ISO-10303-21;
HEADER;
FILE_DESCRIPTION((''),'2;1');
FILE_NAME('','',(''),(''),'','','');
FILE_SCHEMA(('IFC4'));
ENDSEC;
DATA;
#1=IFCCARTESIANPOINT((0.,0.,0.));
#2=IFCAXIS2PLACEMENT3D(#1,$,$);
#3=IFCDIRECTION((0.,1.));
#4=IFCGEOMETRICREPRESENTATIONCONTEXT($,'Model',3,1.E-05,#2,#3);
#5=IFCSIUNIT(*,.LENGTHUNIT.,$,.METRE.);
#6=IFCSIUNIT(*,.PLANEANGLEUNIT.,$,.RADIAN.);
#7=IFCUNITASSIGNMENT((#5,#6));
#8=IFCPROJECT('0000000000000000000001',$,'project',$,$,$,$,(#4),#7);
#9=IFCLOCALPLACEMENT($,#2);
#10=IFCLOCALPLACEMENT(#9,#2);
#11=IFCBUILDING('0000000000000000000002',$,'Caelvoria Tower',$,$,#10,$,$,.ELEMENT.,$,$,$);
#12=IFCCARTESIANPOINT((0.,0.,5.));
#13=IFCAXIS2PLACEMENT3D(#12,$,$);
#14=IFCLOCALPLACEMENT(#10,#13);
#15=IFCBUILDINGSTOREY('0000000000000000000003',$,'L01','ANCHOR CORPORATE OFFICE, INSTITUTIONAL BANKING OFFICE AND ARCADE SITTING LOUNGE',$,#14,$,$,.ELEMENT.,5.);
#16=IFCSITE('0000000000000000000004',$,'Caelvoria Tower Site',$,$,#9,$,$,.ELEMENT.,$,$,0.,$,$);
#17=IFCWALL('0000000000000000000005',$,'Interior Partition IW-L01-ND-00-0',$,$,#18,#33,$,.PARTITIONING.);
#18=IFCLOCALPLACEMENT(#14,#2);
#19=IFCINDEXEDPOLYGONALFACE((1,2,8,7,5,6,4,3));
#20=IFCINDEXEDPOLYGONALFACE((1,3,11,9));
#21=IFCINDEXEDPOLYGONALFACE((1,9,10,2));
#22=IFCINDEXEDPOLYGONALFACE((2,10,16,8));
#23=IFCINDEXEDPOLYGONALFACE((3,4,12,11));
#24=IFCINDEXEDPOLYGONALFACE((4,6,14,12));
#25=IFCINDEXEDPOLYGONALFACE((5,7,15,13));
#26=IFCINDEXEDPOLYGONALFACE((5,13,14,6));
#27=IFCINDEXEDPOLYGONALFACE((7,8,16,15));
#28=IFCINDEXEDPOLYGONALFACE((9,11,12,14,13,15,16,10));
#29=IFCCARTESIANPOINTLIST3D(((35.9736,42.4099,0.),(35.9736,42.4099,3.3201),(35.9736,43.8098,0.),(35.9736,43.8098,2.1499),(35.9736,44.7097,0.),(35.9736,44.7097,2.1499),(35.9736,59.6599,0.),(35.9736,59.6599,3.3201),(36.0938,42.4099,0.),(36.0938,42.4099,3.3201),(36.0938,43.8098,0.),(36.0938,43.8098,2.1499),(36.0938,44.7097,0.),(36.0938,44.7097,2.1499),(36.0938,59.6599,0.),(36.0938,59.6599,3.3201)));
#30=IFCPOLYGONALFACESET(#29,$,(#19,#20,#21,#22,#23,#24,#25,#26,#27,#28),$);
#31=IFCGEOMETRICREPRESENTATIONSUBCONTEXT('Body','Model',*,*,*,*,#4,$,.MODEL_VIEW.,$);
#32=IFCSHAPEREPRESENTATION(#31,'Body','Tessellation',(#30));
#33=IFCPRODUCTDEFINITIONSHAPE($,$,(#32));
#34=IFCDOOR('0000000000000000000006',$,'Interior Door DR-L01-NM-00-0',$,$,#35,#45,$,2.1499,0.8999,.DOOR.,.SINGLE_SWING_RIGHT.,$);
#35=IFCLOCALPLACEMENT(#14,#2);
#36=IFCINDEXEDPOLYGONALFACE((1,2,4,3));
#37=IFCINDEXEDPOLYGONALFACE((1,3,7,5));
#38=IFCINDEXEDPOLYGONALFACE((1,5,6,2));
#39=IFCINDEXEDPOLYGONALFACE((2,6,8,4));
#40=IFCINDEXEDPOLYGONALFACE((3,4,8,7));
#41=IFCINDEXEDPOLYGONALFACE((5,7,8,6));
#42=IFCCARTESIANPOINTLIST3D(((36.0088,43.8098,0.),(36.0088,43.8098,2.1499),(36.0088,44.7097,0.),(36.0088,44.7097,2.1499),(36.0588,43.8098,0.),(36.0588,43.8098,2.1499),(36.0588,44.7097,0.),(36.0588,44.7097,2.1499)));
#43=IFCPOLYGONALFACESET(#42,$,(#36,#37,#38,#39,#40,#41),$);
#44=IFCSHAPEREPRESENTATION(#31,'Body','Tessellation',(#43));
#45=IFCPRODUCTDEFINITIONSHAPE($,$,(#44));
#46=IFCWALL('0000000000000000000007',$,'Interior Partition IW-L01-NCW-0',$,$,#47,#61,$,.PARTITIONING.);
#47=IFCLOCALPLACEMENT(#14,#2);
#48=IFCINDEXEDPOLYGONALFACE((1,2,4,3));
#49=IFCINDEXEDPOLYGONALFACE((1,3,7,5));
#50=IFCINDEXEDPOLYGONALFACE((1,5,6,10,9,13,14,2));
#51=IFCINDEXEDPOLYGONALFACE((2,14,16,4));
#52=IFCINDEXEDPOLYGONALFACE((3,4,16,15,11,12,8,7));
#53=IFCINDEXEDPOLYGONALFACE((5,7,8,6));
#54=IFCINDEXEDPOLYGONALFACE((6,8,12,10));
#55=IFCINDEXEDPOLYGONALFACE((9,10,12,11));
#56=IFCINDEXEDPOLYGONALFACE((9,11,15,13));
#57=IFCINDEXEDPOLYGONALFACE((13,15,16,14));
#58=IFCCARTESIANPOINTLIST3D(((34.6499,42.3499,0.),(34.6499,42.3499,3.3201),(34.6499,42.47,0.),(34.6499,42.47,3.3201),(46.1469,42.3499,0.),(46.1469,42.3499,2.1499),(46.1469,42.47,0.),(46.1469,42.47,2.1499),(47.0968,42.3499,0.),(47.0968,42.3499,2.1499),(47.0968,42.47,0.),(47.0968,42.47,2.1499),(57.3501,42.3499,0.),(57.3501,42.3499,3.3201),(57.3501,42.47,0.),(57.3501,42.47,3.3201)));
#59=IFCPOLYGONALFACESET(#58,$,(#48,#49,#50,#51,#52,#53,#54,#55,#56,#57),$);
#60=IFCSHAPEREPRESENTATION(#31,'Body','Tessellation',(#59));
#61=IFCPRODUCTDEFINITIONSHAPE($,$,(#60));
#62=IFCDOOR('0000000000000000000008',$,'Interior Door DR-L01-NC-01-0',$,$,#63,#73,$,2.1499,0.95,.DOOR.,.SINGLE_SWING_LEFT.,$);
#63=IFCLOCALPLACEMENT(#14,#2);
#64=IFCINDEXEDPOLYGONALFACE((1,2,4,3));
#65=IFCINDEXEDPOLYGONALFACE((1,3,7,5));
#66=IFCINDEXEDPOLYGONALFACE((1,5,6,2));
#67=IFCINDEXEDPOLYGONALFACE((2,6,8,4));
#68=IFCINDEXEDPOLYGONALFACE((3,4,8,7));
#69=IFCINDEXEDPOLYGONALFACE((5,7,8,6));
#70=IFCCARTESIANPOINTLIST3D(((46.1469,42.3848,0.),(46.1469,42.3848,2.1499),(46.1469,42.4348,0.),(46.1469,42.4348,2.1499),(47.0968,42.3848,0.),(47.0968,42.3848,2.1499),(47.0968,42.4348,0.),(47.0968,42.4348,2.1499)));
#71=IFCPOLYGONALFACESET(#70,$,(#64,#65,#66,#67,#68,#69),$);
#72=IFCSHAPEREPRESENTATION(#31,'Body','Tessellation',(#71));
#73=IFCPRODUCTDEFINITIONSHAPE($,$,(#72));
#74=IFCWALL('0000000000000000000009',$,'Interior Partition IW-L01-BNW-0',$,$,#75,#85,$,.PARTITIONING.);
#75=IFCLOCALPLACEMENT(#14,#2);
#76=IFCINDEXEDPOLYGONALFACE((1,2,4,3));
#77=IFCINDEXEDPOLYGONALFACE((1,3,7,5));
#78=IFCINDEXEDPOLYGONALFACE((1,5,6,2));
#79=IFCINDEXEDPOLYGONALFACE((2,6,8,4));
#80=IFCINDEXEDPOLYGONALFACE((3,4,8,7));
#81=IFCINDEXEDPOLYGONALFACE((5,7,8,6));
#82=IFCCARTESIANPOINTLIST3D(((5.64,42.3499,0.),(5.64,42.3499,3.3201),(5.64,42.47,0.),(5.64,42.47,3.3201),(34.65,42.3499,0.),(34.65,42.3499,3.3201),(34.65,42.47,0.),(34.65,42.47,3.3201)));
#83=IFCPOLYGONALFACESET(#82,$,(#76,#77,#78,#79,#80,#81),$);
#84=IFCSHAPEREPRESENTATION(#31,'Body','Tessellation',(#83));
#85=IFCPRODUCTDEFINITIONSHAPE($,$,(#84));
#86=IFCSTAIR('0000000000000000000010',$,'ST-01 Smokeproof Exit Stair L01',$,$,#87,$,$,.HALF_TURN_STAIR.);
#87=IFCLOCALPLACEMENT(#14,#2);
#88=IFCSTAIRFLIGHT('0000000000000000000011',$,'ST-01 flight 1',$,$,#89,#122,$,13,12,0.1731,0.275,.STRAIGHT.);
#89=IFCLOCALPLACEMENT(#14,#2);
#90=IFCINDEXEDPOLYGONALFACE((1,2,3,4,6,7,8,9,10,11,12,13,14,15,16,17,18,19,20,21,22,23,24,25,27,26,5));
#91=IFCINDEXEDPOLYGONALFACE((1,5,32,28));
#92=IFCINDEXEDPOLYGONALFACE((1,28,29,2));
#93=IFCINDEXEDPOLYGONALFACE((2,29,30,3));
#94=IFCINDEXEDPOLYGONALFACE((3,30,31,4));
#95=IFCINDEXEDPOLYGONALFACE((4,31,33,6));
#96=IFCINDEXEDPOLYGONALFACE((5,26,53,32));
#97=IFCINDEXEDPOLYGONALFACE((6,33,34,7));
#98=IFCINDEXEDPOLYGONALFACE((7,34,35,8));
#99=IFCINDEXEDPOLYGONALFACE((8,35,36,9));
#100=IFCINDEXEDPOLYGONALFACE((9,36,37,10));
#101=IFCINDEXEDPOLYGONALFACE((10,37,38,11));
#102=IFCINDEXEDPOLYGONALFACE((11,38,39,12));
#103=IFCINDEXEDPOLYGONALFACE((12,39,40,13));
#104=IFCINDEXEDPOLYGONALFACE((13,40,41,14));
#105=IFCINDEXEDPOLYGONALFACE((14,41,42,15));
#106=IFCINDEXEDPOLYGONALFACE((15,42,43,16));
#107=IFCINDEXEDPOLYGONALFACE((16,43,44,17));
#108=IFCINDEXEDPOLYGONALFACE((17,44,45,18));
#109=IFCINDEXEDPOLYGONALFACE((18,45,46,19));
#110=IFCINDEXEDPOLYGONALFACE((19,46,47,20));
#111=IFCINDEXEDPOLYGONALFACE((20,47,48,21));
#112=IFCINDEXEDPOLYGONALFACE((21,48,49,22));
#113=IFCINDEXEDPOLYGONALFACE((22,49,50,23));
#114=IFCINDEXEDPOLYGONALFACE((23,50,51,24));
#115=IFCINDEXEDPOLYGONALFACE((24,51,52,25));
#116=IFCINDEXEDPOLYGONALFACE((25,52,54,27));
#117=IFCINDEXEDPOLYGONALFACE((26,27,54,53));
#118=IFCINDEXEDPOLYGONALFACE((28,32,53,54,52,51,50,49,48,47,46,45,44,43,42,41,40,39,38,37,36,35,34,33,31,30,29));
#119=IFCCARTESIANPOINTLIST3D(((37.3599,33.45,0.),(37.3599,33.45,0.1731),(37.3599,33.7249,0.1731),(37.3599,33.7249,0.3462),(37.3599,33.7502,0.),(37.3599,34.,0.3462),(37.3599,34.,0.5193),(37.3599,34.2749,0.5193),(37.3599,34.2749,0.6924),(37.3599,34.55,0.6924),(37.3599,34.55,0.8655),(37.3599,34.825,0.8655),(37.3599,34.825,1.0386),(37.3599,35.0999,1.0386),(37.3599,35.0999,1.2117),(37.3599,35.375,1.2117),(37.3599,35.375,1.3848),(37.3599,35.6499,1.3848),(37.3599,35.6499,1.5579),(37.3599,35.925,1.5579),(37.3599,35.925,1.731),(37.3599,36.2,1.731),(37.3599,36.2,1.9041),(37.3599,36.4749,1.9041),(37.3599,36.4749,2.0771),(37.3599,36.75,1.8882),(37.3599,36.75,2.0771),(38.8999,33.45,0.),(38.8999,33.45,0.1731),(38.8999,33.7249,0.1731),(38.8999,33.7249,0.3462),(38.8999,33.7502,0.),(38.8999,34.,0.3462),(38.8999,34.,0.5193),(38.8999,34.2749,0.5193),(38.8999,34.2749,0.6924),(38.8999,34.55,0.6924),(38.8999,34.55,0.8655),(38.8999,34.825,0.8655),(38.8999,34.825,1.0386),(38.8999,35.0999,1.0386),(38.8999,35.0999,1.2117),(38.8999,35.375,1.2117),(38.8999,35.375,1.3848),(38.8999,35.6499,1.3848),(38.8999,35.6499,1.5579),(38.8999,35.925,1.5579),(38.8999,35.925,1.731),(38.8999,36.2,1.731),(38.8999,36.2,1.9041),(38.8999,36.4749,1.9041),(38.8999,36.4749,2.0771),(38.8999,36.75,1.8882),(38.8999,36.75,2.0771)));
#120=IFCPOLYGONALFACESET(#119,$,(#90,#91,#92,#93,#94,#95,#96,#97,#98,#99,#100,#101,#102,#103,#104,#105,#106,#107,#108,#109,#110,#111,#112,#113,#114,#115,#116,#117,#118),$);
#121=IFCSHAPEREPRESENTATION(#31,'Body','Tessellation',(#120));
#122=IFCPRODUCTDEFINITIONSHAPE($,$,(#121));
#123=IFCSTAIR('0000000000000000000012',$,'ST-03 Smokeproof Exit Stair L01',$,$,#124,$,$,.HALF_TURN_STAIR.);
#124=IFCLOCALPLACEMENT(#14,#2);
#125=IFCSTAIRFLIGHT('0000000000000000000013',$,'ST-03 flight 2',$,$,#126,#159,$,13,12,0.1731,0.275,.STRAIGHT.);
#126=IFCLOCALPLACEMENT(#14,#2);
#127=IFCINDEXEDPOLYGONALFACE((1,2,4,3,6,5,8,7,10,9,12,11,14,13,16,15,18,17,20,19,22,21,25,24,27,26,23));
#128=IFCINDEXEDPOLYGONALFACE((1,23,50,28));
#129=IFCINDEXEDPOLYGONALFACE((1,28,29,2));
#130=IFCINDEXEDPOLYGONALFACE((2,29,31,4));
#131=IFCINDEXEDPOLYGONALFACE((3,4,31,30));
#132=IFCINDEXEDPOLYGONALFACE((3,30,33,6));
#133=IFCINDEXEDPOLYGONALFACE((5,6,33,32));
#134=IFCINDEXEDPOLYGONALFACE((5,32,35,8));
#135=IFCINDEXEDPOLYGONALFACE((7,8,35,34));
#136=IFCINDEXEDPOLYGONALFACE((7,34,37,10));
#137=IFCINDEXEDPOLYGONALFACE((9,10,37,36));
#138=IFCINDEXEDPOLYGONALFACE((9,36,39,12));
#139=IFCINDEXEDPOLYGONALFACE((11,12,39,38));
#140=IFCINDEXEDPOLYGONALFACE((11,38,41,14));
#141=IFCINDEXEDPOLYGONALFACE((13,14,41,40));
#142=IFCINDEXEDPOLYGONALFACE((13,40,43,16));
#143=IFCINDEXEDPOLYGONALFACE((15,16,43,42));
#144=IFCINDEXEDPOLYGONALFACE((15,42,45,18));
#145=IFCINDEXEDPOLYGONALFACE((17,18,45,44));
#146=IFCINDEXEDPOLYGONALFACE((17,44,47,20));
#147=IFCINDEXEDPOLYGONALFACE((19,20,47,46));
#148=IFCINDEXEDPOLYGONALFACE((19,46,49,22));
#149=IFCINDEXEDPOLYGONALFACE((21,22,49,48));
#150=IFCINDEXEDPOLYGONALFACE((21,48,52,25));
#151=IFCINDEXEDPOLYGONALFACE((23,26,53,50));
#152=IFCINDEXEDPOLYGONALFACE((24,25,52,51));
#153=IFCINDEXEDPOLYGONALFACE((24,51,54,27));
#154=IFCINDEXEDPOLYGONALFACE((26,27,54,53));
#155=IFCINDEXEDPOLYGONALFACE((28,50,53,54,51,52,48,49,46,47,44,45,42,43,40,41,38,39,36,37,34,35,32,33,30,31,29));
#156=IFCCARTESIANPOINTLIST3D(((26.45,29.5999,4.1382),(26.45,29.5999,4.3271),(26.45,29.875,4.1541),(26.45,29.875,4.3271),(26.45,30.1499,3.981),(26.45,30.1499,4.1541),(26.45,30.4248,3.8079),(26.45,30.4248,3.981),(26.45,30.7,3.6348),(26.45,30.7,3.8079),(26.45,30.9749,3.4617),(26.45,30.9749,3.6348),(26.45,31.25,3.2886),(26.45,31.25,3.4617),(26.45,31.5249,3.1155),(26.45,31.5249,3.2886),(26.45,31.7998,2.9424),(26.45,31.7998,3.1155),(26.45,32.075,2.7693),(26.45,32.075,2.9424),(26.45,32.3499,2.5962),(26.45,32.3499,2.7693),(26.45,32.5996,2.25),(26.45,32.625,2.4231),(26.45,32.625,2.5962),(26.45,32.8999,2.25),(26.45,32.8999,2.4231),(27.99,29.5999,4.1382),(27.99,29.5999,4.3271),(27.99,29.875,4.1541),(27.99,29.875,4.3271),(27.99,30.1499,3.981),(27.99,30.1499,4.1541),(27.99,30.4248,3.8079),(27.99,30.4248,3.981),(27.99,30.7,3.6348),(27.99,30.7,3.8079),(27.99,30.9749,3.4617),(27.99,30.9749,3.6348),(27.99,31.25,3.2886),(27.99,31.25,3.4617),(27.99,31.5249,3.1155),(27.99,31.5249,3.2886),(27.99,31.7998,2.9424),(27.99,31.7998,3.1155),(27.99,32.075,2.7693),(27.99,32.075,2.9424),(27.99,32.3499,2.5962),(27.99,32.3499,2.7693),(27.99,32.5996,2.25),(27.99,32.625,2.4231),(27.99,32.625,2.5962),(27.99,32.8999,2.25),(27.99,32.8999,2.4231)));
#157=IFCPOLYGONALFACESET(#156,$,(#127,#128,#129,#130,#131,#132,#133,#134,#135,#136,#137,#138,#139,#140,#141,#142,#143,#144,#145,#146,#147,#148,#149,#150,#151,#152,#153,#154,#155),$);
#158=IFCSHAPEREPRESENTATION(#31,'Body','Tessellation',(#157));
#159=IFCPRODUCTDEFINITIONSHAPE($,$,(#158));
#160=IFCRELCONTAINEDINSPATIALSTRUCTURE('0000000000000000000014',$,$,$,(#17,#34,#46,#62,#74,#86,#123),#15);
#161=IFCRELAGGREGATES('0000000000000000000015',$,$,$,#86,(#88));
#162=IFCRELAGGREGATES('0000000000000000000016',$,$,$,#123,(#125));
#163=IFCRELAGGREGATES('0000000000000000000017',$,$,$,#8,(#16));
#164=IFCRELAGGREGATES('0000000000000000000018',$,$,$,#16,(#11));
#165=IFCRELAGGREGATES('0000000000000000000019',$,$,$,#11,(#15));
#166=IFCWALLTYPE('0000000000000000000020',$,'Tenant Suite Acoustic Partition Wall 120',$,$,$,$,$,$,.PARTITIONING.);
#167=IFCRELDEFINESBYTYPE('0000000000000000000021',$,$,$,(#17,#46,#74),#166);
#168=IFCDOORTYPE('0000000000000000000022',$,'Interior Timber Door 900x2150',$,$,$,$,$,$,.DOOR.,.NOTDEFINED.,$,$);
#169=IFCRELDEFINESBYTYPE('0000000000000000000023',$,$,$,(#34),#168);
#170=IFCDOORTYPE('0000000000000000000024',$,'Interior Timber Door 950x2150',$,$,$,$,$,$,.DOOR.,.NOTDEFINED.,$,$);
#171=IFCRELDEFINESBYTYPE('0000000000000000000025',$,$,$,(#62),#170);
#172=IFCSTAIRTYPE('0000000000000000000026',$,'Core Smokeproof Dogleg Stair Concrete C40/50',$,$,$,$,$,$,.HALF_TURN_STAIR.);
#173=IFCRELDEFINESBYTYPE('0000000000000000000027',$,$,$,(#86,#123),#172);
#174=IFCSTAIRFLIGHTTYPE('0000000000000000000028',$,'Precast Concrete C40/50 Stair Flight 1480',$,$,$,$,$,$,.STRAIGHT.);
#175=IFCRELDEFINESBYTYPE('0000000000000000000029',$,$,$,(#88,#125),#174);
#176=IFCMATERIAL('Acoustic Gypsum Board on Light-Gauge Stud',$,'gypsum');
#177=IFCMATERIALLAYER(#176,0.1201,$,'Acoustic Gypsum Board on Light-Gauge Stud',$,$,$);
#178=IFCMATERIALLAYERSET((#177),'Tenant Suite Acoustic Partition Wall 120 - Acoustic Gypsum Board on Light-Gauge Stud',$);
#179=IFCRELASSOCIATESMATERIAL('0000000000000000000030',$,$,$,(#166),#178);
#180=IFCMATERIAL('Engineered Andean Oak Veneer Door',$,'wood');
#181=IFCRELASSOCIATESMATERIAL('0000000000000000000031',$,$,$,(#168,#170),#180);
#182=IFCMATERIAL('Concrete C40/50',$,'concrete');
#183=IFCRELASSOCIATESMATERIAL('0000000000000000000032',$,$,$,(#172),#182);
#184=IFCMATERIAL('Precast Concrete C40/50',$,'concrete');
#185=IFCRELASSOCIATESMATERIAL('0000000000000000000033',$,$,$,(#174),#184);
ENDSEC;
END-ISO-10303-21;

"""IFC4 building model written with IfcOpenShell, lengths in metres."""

from ifc_helpers import new_model, si_unit, direction, frame, frame_2d, origin, place, context, subcontext, project, spatial, polyline, rectangle, outline, extrude, material, layer, layer_set, type_object, element, fill, aggregate, save


model = new_model("IFC4")

# Units and contexts
model_context = context("Model", 3, precision=1e-05, world=origin(), true_north=direction((0.0, 1.0)))
body_context = subcontext(model_context, "Body", "Model", "MODEL_VIEW")
ifc_project = project(units=[si_unit("LENGTHUNIT", "METRE"), si_unit("PLANEANGLEUNIT", "RADIAN")], contexts=[model_context])

# Site, building, storey
site_placement = place(None, origin())
site = spatial("IfcSite", under=ifc_project, at=site_placement, Name="Caelvoria Tower Site", CompositionType="ELEMENT", RefElevation=0.0)
building_placement = place(site_placement, origin())
building = spatial("IfcBuilding", under=site, at=building_placement, Name="Caelvoria Tower", CompositionType="ELEMENT")
storey_placement = place(building_placement, frame((0.0, 0.0, 5.0)))
storey = spatial("IfcBuildingStorey", under=building, at=storey_placement, Name="L01", Description="ANCHOR CORPORATE OFFICE, INSTITUTIONAL BANKING OFFICE AND ARCADE SITTING LOUNGE", CompositionType="ELEMENT", Elevation=5.0)

# Walls, openings, doors
ifc_material_1 = material(Name="Acoustic Gypsum Board on Light-Gauge Stud", Category="gypsum")
ifc_layer_1 = layer(ifc_material_1, 0.1201, Name="Acoustic Gypsum Board on Light-Gauge Stud")
ifc_layer_set_1 = layer_set([ifc_layer_1], Name="Tenant Suite Acoustic Partition Wall 120 - Acoustic Gypsum Board on Light-Gauge Stud")
wall_type_1 = type_object("IfcWallType", Name="Tenant Suite Acoustic Partition Wall 120", PredefinedType="PARTITIONING", material=ifc_layer_set_1)
wall_1_placement = place(storey_placement, frame((36.0337, 42.4099, 0.0), z_axis=(0.0, 0.0, 1.0), x_axis=(0.0, 1.0, 0.0)))
wall_1 = element("IfcWall", 1, at=wall_1_placement, inside=storey, type_object=wall_type_1, Name="Interior Partition IW-L01-ND-00-0", PredefinedType="PARTITIONING", context=body_context, shape_type="SweptSolid", body=[
    extrude(rectangle(XDim=17.25, YDim=0.1201, at=frame_2d((8.625, 0.0))), origin(), (0.0, 0.0, 1.0), 3.3201),
])
opening_1_placement = place(wall_1_placement, frame((1.3999, 0.0, 0.0)))
opening_1 = element("IfcOpeningElement", 2, at=opening_1_placement, cuts=wall_1, PredefinedType="OPENING", context=body_context, shape_type="SweptSolid", body=[
    extrude(rectangle(XDim=0.8999, YDim=2.1499, at=frame_2d((0.45, 1.075))), frame((0.0, 0.0701, 0.0), z_axis=(0.0, -1.0, 0.0), x_axis=(1.0, 0.0, 0.0)), (0.0, 0.0, 1.0), 0.1401),
])
ifc_material_2 = material(Name="Engineered Andean Oak Veneer Door", Category="wood")
door_type_1 = type_object("IfcDoorType", Name="Interior Timber Door 900x2150", OperationType="NOTDEFINED", PredefinedType="DOOR", material=ifc_material_2)
door_1_placement = place(opening_1_placement, origin())
door_1 = element("IfcDoor", 3, at=door_1_placement, inside=storey, type_object=door_type_1, Name="Interior Door DR-L01-NM-00-0", OperationType="SINGLE_SWING_RIGHT", OverallHeight=2.1499, OverallWidth=0.8999, PredefinedType="DOOR", context=body_context, shape_type="SweptSolid", body=[
    extrude(rectangle(XDim=0.8999, YDim=2.1499, at=frame_2d((0.45, 1.075))), frame((0.0, 0.0249, 0.0), z_axis=(0.0, -1.0, 0.0), x_axis=(1.0, 0.0, 0.0)), (0.0, 0.0, 1.0), 0.05),
])
fill(opening_1, door_1)
wall_2_placement = place(storey_placement, frame((34.6499, 42.4099, 0.0), z_axis=(0.0, 0.0, 1.0), x_axis=(1.0, 0.0, 0.0)))
wall_2 = element("IfcWall", 4, at=wall_2_placement, inside=storey, type_object=wall_type_1, Name="Interior Partition IW-L01-NCW-0", PredefinedType="PARTITIONING", context=body_context, shape_type="SweptSolid", body=[
    extrude(rectangle(XDim=22.7002, YDim=0.1201, at=frame_2d((11.3501, 0.0))), origin(), (0.0, 0.0, 1.0), 3.3201),
])
opening_2_placement = place(wall_2_placement, frame((11.4968, 0.0, 0.0)))
opening_2 = element("IfcOpeningElement", 5, at=opening_2_placement, cuts=wall_2, PredefinedType="OPENING", context=body_context, shape_type="SweptSolid", body=[
    extrude(rectangle(XDim=0.95, YDim=2.1499, at=frame_2d((0.4751, 1.075))), frame((0.0, 0.0701, 0.0), z_axis=(0.0, -1.0, 0.0), x_axis=(1.0, 0.0, 0.0)), (0.0, 0.0, 1.0), 0.1401),
])
door_type_2 = type_object("IfcDoorType", Name="Interior Timber Door 950x2150", OperationType="NOTDEFINED", PredefinedType="DOOR", material=ifc_material_2)
door_2_placement = place(opening_2_placement, origin())
door_2 = element("IfcDoor", 6, at=door_2_placement, inside=storey, type_object=door_type_2, Name="Interior Door DR-L01-NC-01-0", OperationType="SINGLE_SWING_LEFT", OverallHeight=2.1499, OverallWidth=0.95, PredefinedType="DOOR", context=body_context, shape_type="SweptSolid", body=[
    extrude(rectangle(XDim=0.95, YDim=2.1499, at=frame_2d((0.4751, 1.075))), frame((0.0, 0.0249, 0.0), z_axis=(0.0, -1.0, 0.0), x_axis=(1.0, 0.0, 0.0)), (0.0, 0.0, 1.0), 0.05),
])
fill(opening_2, door_2)

# Wall
wall_3_placement = place(storey_placement, frame((34.6499, 42.4099, 0.0), z_axis=(0.0, 0.0, 1.0), x_axis=(-1.0, 0.0, 0.0)))
element("IfcWall", 7, at=wall_3_placement, inside=storey, type_object=wall_type_1, Name="Interior Partition IW-L01-BNW-0", PredefinedType="PARTITIONING", context=body_context, shape_type="SweptSolid", body=[
    extrude(rectangle(XDim=29.01, YDim=0.1201, at=frame_2d((14.5049, 0.0))), origin(), (0.0, 0.0, 1.0), 3.3201),
])

# Stairs, stair flights
ifc_material_3 = material(Name="Concrete C40/50", Category="concrete")
stair_type = type_object("IfcStairType", Name="Core Smokeproof Dogleg Stair Concrete C40/50", PredefinedType="HALF_TURN_STAIR", material=ifc_material_3)
stair_1_placement = place(storey_placement, origin())
stair_1 = element("IfcStair", 8, at=stair_1_placement, inside=storey, type_object=stair_type, Name="ST-01 Smokeproof Exit Stair L01", PredefinedType="HALF_TURN_STAIR")
ifc_material_4 = material(Name="Precast Concrete C40/50", Category="concrete")
stair_flight_type = type_object("IfcStairFlightType", Name="Precast Concrete C40/50 Stair Flight 1480", PredefinedType="STRAIGHT", material=ifc_material_4)
stair_flight_1_placement = place(storey_placement, frame((38.1299, 33.45, 0.0), z_axis=(0.0, 0.0, 1.0), x_axis=(0.0, 1.0, 0.0)))
stair_flight_1 = element("IfcStairFlight", 9, at=stair_flight_1_placement, type_object=stair_flight_type, Name="ST-01 flight 1", NumberOfRisers=13, NumberOfTreads=12, PredefinedType="STRAIGHT", RiserHeight=0.1731, TreadLength=0.275, context=body_context, shape_type="SweptSolid", body=[
    extrude(outline(polyline([(0.0, 0.0), (0.0, 0.1731), (0.2749, 0.1731), (0.2749, 0.3462), (0.55, 0.3462), (0.55, 0.5193), (0.825, 0.5193), (0.825, 0.6924), (1.1001, 0.6924), (1.1001, 0.8655), (1.375, 0.8655), (1.375, 1.0386), (1.6499, 1.0386), (1.6499, 1.2117), (1.925, 1.2117), (1.925, 1.3848), (2.2, 1.3848), (2.2, 1.5579), (2.4751, 1.5579), (2.4751, 1.731), (2.75, 1.731), (2.75, 1.9041), (3.0249, 1.9041), (3.0249, 2.0771), (3.3, 2.0771), (3.3, 2.2502), (3.3, 1.8882), (0.3003, 0.0), (0.0, 0.0)])), frame((0.0, 0.77, 0.0), z_axis=(0.0, -1.0, 0.0), x_axis=(1.0, 0.0, 0.0)), (0.0, 0.0, 1.0), 1.54),
])
aggregate(stair_1, [stair_flight_1])
stair_2_placement = place(storey_placement, origin())
stair_2 = element("IfcStair", 10, at=stair_2_placement, inside=storey, type_object=stair_type, Name="ST-03 Smokeproof Exit Stair L01", PredefinedType="HALF_TURN_STAIR")
stair_flight_2_placement = place(storey_placement, frame((27.22, 32.8999, 2.25), z_axis=(0.0, 0.0, 1.0), x_axis=(0.0, -1.0, 0.0)))
stair_flight_2 = element("IfcStairFlight", 11, at=stair_flight_2_placement, type_object=stair_flight_type, Name="ST-03 flight 2", NumberOfRisers=13, NumberOfTreads=12, PredefinedType="STRAIGHT", RiserHeight=0.1731, TreadLength=0.275, context=body_context, shape_type="SweptSolid", body=[
    extrude(outline(polyline([(0.0, 0.0), (0.0, 0.1731), (0.2749, 0.1731), (0.2749, 0.3462), (0.55, 0.3462), (0.55, 0.5193), (0.825, 0.5193), (0.825, 0.6924), (1.1001, 0.6924), (1.1001, 0.8655), (1.375, 0.8655), (1.375, 1.0386), (1.6499, 1.0386), (1.6499, 1.2117), (1.925, 1.2117), (1.925, 1.3848), (2.2, 1.3848), (2.2, 1.5579), (2.4751, 1.5579), (2.4751, 1.731), (2.75, 1.731), (2.75, 1.9041), (3.0249, 1.9041), (3.0249, 2.0771), (3.3, 2.0771), (3.3, 2.2502), (3.3, 1.8882), (0.3003, 0.0), (0.0, 0.0)])), frame((0.0, 0.77, 0.0), z_axis=(0.0, -1.0, 0.0), x_axis=(1.0, 0.0, 0.0)), (0.0, 0.0, 1.0), 1.54),
])
aggregate(stair_2, [stair_flight_2])

save(model, "model.ifc")
